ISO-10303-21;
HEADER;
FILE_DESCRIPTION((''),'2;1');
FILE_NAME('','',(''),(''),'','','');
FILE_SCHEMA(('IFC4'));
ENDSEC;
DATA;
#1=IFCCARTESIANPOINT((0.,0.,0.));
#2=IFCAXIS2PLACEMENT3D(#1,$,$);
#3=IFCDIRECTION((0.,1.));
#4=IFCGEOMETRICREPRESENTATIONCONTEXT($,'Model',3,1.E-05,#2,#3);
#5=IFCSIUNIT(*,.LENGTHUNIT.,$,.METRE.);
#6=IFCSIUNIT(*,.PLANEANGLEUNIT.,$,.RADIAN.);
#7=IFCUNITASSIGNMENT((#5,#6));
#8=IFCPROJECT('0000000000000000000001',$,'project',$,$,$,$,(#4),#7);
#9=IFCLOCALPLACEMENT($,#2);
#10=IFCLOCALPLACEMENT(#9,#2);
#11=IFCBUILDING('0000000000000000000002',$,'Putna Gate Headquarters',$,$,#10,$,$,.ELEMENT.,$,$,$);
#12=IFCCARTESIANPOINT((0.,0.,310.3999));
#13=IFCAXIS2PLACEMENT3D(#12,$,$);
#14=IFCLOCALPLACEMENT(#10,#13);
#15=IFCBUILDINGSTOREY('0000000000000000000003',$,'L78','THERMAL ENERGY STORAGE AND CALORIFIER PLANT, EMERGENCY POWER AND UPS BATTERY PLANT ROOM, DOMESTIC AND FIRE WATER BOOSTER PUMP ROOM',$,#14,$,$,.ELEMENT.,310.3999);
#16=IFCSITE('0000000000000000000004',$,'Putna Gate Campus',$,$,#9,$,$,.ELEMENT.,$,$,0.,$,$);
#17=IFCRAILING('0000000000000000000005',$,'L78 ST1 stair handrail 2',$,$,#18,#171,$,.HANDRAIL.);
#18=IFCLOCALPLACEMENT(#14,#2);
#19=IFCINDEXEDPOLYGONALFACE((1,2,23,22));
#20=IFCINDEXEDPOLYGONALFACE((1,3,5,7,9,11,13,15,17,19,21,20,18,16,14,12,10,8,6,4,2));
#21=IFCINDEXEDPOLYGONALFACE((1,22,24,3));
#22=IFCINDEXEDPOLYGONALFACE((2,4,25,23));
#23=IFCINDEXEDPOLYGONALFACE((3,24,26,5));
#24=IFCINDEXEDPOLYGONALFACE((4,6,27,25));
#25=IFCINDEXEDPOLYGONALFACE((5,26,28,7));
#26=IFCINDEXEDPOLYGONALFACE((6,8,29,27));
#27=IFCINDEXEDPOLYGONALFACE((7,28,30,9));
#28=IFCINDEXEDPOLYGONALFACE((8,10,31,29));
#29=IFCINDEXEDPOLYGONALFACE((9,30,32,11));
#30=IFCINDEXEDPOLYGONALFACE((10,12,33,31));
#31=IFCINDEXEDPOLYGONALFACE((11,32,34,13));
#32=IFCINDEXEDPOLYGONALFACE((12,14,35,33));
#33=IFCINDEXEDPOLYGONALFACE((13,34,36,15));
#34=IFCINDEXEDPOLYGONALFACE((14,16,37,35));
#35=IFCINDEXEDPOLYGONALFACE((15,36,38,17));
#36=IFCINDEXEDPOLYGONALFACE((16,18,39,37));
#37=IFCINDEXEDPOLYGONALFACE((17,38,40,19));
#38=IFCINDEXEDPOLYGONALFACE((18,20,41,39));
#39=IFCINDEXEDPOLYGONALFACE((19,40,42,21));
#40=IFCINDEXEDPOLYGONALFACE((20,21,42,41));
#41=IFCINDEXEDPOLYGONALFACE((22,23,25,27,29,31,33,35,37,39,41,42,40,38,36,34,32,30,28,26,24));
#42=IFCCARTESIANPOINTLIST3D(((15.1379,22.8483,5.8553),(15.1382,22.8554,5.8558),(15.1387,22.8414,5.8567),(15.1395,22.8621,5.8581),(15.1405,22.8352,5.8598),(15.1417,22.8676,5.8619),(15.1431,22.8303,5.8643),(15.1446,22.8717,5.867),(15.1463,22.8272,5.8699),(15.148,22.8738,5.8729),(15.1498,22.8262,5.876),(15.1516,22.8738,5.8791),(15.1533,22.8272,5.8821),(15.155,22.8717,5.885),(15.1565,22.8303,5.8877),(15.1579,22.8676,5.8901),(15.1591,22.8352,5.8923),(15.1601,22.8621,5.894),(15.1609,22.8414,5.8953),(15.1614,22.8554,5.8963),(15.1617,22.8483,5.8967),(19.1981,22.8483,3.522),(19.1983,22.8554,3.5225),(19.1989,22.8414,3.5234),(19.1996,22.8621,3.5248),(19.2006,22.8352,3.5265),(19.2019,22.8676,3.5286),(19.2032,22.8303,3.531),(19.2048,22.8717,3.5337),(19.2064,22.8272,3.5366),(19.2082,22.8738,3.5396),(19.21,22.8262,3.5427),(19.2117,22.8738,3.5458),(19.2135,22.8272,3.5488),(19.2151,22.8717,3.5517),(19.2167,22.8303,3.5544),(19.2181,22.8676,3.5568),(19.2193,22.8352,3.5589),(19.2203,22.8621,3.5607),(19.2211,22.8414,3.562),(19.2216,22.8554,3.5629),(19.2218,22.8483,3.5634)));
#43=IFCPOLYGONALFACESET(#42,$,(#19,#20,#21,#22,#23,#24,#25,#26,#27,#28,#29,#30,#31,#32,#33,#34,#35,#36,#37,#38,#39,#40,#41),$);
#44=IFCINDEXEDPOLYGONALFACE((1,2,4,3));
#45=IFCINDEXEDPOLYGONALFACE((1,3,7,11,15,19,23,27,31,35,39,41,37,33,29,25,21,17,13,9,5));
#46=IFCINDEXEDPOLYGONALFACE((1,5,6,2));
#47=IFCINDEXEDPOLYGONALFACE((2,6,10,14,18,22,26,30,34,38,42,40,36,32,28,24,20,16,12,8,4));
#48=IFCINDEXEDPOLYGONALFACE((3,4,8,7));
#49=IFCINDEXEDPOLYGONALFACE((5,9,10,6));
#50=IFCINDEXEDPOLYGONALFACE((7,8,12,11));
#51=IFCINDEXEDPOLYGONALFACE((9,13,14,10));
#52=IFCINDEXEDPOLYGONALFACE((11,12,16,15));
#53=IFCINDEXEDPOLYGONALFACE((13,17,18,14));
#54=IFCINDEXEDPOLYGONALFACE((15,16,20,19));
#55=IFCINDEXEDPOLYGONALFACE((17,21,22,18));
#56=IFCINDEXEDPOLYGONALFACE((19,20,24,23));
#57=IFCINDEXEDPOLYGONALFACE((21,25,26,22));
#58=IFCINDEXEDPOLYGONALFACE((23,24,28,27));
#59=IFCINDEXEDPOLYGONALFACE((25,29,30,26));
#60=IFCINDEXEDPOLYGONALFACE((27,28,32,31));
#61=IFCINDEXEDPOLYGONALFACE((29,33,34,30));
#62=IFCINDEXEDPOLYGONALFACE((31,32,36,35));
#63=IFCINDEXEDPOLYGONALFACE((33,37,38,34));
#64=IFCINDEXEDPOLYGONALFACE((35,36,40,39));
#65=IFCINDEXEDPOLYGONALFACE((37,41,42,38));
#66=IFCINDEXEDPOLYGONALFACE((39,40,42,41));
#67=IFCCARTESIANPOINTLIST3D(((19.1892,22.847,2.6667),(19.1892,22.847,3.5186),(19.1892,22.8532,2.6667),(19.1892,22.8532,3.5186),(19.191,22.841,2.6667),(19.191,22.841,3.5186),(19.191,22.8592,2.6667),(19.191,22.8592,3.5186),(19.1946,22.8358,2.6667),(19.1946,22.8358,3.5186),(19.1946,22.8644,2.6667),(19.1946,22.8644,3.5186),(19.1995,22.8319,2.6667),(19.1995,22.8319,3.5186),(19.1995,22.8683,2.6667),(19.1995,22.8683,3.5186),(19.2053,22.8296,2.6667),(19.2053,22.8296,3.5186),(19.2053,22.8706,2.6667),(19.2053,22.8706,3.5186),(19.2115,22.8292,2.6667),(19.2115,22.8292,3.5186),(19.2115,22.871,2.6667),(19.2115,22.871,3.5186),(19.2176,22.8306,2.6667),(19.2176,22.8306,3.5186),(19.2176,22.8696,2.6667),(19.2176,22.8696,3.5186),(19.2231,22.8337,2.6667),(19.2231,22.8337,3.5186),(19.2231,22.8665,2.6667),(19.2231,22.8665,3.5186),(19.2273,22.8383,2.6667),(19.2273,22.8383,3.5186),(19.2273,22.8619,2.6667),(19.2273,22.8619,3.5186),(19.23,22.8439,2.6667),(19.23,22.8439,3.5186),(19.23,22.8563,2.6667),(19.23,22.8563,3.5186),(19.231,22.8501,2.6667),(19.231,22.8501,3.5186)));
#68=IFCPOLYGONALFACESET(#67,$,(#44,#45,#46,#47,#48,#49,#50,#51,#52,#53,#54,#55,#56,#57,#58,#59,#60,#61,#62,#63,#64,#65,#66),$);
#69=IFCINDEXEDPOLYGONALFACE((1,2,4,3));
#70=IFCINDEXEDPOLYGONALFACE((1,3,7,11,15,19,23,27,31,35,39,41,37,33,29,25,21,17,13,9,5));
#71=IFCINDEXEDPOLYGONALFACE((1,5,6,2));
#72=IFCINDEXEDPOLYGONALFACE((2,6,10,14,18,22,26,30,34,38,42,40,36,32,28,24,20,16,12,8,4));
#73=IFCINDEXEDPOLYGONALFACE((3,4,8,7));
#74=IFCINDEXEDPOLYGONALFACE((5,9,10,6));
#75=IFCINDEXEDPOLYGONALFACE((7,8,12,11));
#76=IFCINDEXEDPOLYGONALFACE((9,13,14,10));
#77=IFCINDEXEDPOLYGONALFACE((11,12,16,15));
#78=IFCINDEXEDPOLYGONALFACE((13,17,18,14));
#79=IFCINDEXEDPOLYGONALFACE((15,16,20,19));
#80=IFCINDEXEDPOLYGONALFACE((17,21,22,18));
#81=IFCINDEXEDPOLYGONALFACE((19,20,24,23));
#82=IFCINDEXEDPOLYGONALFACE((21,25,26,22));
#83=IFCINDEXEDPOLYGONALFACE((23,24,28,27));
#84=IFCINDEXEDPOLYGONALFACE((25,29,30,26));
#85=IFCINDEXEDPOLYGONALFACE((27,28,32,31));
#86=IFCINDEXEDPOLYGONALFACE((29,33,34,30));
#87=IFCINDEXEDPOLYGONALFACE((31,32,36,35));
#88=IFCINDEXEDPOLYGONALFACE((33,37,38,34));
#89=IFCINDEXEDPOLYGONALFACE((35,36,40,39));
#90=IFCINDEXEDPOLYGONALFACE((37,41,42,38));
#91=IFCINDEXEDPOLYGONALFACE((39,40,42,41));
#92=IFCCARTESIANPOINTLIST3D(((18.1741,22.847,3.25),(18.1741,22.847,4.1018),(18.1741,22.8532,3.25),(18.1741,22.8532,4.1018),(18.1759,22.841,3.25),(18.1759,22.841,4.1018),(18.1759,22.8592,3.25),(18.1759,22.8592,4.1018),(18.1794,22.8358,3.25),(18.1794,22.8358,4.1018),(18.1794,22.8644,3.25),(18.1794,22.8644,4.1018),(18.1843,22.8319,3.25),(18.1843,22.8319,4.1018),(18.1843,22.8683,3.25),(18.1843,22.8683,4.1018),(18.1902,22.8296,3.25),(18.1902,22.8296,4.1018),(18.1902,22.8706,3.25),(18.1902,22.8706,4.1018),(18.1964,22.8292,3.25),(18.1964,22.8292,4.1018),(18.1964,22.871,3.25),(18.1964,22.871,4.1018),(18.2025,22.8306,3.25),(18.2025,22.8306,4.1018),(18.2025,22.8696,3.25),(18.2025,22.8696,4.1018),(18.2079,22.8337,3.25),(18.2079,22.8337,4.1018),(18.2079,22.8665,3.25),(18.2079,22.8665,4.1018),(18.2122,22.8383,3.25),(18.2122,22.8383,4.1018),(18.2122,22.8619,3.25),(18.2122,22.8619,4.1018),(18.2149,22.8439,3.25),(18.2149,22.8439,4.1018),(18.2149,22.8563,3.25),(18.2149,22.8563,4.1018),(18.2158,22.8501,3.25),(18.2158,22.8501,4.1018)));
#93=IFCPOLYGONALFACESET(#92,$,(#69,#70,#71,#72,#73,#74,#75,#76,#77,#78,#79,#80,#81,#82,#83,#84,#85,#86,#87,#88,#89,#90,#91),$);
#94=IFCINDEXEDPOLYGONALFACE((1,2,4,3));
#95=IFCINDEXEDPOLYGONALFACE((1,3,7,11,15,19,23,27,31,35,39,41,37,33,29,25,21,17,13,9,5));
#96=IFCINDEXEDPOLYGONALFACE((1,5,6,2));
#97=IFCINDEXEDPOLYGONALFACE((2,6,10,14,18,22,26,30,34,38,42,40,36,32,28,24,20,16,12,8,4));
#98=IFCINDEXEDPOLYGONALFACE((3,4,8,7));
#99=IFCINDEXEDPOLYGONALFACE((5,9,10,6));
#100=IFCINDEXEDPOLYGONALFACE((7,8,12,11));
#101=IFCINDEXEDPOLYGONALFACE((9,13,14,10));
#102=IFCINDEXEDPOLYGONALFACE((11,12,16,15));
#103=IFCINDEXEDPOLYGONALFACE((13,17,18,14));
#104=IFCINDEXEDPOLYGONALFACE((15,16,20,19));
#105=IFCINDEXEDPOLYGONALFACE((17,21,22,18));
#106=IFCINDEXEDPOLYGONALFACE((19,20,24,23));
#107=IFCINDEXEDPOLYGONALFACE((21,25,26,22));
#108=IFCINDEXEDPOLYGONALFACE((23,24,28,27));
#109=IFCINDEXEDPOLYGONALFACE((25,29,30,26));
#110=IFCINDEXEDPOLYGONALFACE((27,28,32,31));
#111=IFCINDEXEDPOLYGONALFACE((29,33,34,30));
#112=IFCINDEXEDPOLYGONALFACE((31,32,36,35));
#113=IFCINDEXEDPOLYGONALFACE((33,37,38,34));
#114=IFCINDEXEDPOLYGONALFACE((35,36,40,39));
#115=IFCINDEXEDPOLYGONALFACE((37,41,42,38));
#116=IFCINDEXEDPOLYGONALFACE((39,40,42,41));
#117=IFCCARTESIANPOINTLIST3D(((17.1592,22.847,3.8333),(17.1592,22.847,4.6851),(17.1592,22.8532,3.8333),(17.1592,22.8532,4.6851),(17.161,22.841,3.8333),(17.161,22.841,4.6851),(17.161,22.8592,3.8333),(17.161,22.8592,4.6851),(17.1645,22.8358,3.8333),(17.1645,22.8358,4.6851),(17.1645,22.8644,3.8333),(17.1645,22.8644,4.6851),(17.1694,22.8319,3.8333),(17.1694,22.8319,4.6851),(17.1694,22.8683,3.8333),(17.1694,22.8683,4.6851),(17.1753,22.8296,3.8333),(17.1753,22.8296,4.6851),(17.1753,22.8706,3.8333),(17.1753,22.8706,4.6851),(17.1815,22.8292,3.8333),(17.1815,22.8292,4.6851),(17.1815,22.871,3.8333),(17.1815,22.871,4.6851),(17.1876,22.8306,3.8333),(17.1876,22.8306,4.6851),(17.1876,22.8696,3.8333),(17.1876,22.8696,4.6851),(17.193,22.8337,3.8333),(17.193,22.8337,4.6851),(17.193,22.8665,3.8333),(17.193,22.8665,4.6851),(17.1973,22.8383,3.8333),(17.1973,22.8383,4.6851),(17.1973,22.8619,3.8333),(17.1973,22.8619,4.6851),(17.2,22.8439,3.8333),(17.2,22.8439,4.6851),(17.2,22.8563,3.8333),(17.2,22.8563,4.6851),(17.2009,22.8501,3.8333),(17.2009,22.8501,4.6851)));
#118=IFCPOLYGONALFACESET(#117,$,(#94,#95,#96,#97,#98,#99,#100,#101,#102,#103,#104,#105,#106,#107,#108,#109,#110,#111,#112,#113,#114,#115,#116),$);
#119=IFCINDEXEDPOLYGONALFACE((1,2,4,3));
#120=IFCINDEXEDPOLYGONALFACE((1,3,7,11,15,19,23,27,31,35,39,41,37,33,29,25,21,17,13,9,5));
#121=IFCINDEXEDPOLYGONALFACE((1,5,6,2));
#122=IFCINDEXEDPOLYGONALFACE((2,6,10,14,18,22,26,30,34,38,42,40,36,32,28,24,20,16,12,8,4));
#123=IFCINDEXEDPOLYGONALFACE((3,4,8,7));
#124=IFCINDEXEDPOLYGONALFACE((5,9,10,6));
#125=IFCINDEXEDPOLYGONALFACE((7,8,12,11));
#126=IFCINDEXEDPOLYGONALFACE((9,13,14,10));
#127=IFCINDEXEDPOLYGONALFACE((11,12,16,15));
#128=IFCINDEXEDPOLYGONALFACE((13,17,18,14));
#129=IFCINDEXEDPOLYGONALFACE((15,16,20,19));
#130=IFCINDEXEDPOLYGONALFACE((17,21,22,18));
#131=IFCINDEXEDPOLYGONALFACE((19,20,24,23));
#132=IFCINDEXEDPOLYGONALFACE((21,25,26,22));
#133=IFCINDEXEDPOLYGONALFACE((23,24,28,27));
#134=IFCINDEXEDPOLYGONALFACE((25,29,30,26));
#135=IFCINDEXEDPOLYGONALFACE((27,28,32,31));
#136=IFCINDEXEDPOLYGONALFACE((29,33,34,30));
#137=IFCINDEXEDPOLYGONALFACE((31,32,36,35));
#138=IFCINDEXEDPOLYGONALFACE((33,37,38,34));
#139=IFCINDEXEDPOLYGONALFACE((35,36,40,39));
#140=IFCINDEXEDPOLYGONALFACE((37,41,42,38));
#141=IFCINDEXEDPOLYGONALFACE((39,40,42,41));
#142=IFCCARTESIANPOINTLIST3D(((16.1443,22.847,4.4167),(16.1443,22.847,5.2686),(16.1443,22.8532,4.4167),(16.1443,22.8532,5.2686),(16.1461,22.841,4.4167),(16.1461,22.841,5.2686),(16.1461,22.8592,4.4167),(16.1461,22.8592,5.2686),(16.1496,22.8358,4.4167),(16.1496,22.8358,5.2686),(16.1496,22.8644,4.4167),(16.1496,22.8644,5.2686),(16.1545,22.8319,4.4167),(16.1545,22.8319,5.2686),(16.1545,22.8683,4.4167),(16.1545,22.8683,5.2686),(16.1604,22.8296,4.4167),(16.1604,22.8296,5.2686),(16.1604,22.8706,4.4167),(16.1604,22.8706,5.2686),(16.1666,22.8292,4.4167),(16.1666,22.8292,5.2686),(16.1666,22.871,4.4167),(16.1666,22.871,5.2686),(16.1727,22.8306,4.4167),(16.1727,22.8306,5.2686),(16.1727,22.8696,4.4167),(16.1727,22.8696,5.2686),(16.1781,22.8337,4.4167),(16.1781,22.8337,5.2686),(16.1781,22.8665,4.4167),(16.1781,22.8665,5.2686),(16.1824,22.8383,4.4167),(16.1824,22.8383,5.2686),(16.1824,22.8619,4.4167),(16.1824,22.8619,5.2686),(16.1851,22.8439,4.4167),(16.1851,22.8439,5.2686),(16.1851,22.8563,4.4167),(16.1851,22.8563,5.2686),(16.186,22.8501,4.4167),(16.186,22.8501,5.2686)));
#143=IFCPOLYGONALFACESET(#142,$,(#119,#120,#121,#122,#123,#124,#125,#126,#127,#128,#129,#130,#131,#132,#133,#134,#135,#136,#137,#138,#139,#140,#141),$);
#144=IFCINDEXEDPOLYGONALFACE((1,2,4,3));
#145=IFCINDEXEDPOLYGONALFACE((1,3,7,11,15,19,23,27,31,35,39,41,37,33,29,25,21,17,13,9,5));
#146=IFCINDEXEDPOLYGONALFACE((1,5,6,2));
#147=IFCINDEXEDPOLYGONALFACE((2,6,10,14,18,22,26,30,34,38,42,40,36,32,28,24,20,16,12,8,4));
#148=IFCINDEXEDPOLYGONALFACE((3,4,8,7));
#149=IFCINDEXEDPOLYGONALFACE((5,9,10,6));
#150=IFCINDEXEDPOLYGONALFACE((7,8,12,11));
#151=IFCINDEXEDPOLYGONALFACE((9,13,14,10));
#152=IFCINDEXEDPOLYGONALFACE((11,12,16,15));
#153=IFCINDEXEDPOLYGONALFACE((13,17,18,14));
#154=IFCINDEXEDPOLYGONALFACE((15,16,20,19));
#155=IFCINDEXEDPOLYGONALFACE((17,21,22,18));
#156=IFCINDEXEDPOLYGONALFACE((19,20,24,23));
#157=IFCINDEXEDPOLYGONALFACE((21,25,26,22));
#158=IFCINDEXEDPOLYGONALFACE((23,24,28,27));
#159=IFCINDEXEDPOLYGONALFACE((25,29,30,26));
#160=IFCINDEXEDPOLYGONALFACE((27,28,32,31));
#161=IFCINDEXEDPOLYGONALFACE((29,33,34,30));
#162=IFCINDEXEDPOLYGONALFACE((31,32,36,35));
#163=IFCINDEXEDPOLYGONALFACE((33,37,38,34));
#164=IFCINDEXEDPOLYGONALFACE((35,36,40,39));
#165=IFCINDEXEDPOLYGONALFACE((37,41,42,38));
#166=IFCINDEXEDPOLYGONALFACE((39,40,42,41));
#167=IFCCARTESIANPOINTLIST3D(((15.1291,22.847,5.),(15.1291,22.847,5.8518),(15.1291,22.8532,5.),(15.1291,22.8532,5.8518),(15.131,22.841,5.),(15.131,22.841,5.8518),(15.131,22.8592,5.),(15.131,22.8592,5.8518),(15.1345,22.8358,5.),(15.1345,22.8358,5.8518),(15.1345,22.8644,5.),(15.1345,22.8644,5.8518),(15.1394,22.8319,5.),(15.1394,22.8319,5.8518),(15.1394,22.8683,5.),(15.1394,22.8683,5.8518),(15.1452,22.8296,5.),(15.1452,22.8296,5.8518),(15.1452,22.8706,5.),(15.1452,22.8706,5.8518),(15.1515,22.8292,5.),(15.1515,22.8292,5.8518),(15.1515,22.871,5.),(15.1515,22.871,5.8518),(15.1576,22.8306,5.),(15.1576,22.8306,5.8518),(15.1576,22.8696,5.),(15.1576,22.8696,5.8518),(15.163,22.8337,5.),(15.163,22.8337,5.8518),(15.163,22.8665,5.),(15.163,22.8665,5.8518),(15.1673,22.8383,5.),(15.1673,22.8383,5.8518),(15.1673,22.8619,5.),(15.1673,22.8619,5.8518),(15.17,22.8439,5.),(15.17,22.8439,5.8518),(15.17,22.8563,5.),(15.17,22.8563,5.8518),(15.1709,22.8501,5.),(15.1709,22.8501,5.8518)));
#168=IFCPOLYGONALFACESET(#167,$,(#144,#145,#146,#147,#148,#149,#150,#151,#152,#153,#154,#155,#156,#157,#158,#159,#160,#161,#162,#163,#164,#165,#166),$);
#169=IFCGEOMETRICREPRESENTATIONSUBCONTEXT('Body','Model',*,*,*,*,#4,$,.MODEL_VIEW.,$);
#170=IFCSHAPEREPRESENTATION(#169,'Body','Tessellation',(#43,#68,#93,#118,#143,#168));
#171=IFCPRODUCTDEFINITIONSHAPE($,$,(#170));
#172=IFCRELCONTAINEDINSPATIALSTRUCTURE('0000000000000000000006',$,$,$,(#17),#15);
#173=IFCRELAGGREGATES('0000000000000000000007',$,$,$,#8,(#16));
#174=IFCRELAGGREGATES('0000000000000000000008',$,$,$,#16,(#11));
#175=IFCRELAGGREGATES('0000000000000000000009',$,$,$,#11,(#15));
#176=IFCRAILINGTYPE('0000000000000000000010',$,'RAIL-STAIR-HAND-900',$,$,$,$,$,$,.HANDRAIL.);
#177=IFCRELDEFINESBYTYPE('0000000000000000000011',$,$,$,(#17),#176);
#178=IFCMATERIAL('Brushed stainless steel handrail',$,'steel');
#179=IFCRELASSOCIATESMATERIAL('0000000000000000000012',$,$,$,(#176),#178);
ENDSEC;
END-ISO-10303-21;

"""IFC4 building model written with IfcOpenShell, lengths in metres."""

from ifc_helpers import new_model, si_unit, direction, frame, origin, origin_2d, place, context, subcontext, project, spatial, circle, extrude, material, type_object, element, save


model = new_model("IFC4")

# Units and contexts
model_context = context("Model", 3, precision=1e-05, world=origin(), true_north=direction((0.0, 1.0)))
body_context = subcontext(model_context, "Body", "Model", "MODEL_VIEW")
ifc_project = project(units=[si_unit("LENGTHUNIT", "METRE"), si_unit("PLANEANGLEUNIT", "RADIAN")], contexts=[model_context])

# Site, building, storey
site_placement = place(None, origin())
site = spatial("IfcSite", under=ifc_project, at=site_placement, Name="Putna Gate Campus", CompositionType="ELEMENT", RefElevation=0.0)
building_placement = place(site_placement, origin())
building = spatial("IfcBuilding", under=site, at=building_placement, Name="Putna Gate Headquarters", CompositionType="ELEMENT")
storey_placement = place(building_placement, frame((0.0, 0.0, 310.3999)))
storey = spatial("IfcBuildingStorey", under=building, at=storey_placement, Name="L78", Description="THERMAL ENERGY STORAGE AND CALORIFIER PLANT, EMERGENCY POWER AND UPS BATTERY PLANT ROOM, DOMESTIC AND FIRE WATER BOOSTER PUMP ROOM", CompositionType="ELEMENT", Elevation=310.3999)

# Railing
ifc_material_1 = material(Name="Brushed stainless steel handrail", Category="steel")
railing_type = type_object("IfcRailingType", Name="RAIL-STAIR-HAND-900", PredefinedType="HANDRAIL", material=ifc_material_1)
railing_placement = place(storey_placement, frame((19.21, 22.8501, 2.6667)))
element("IfcRailing", 1, at=railing_placement, inside=storey, type_object=railing_type, Name="L78 ST1 stair handrail 2", PredefinedType="HANDRAIL", context=body_context, shape_type="SweptSolid", body=[
    extrude(circle(Radius=0.0239, at=origin_2d()), frame((0.0, 0.0, 0.876), z_axis=(-0.867025, 0.0, 0.498265), x_axis=(0.0, -1.0, 0.0)), (0.0, 0.0, 1.0), 4.6829),
    extrude(circle(Radius=0.021, at=origin_2d()), origin(), (0.0, 0.0, 1.0), 0.8518),
    extrude(circle(Radius=0.021, at=origin_2d()), frame((-1.0151, 0.0, 0.5833)), (0.0, 0.0, 1.0), 0.8518),
    extrude(circle(Radius=0.021, at=origin_2d()), frame((-2.03, 0.0, 1.1665)), (0.0, 0.0, 1.0), 0.8518),
    extrude(circle(Radius=0.021, at=origin_2d()), frame((-3.0449, 0.0, 1.75)), (0.0, 0.0, 1.0), 0.8518),
    extrude(circle(Radius=0.021, at=origin_2d()), frame((-4.0601, 0.0, 2.3333)), (0.0, 0.0, 1.0), 0.8518),
])

save(model, "model.ifc")
